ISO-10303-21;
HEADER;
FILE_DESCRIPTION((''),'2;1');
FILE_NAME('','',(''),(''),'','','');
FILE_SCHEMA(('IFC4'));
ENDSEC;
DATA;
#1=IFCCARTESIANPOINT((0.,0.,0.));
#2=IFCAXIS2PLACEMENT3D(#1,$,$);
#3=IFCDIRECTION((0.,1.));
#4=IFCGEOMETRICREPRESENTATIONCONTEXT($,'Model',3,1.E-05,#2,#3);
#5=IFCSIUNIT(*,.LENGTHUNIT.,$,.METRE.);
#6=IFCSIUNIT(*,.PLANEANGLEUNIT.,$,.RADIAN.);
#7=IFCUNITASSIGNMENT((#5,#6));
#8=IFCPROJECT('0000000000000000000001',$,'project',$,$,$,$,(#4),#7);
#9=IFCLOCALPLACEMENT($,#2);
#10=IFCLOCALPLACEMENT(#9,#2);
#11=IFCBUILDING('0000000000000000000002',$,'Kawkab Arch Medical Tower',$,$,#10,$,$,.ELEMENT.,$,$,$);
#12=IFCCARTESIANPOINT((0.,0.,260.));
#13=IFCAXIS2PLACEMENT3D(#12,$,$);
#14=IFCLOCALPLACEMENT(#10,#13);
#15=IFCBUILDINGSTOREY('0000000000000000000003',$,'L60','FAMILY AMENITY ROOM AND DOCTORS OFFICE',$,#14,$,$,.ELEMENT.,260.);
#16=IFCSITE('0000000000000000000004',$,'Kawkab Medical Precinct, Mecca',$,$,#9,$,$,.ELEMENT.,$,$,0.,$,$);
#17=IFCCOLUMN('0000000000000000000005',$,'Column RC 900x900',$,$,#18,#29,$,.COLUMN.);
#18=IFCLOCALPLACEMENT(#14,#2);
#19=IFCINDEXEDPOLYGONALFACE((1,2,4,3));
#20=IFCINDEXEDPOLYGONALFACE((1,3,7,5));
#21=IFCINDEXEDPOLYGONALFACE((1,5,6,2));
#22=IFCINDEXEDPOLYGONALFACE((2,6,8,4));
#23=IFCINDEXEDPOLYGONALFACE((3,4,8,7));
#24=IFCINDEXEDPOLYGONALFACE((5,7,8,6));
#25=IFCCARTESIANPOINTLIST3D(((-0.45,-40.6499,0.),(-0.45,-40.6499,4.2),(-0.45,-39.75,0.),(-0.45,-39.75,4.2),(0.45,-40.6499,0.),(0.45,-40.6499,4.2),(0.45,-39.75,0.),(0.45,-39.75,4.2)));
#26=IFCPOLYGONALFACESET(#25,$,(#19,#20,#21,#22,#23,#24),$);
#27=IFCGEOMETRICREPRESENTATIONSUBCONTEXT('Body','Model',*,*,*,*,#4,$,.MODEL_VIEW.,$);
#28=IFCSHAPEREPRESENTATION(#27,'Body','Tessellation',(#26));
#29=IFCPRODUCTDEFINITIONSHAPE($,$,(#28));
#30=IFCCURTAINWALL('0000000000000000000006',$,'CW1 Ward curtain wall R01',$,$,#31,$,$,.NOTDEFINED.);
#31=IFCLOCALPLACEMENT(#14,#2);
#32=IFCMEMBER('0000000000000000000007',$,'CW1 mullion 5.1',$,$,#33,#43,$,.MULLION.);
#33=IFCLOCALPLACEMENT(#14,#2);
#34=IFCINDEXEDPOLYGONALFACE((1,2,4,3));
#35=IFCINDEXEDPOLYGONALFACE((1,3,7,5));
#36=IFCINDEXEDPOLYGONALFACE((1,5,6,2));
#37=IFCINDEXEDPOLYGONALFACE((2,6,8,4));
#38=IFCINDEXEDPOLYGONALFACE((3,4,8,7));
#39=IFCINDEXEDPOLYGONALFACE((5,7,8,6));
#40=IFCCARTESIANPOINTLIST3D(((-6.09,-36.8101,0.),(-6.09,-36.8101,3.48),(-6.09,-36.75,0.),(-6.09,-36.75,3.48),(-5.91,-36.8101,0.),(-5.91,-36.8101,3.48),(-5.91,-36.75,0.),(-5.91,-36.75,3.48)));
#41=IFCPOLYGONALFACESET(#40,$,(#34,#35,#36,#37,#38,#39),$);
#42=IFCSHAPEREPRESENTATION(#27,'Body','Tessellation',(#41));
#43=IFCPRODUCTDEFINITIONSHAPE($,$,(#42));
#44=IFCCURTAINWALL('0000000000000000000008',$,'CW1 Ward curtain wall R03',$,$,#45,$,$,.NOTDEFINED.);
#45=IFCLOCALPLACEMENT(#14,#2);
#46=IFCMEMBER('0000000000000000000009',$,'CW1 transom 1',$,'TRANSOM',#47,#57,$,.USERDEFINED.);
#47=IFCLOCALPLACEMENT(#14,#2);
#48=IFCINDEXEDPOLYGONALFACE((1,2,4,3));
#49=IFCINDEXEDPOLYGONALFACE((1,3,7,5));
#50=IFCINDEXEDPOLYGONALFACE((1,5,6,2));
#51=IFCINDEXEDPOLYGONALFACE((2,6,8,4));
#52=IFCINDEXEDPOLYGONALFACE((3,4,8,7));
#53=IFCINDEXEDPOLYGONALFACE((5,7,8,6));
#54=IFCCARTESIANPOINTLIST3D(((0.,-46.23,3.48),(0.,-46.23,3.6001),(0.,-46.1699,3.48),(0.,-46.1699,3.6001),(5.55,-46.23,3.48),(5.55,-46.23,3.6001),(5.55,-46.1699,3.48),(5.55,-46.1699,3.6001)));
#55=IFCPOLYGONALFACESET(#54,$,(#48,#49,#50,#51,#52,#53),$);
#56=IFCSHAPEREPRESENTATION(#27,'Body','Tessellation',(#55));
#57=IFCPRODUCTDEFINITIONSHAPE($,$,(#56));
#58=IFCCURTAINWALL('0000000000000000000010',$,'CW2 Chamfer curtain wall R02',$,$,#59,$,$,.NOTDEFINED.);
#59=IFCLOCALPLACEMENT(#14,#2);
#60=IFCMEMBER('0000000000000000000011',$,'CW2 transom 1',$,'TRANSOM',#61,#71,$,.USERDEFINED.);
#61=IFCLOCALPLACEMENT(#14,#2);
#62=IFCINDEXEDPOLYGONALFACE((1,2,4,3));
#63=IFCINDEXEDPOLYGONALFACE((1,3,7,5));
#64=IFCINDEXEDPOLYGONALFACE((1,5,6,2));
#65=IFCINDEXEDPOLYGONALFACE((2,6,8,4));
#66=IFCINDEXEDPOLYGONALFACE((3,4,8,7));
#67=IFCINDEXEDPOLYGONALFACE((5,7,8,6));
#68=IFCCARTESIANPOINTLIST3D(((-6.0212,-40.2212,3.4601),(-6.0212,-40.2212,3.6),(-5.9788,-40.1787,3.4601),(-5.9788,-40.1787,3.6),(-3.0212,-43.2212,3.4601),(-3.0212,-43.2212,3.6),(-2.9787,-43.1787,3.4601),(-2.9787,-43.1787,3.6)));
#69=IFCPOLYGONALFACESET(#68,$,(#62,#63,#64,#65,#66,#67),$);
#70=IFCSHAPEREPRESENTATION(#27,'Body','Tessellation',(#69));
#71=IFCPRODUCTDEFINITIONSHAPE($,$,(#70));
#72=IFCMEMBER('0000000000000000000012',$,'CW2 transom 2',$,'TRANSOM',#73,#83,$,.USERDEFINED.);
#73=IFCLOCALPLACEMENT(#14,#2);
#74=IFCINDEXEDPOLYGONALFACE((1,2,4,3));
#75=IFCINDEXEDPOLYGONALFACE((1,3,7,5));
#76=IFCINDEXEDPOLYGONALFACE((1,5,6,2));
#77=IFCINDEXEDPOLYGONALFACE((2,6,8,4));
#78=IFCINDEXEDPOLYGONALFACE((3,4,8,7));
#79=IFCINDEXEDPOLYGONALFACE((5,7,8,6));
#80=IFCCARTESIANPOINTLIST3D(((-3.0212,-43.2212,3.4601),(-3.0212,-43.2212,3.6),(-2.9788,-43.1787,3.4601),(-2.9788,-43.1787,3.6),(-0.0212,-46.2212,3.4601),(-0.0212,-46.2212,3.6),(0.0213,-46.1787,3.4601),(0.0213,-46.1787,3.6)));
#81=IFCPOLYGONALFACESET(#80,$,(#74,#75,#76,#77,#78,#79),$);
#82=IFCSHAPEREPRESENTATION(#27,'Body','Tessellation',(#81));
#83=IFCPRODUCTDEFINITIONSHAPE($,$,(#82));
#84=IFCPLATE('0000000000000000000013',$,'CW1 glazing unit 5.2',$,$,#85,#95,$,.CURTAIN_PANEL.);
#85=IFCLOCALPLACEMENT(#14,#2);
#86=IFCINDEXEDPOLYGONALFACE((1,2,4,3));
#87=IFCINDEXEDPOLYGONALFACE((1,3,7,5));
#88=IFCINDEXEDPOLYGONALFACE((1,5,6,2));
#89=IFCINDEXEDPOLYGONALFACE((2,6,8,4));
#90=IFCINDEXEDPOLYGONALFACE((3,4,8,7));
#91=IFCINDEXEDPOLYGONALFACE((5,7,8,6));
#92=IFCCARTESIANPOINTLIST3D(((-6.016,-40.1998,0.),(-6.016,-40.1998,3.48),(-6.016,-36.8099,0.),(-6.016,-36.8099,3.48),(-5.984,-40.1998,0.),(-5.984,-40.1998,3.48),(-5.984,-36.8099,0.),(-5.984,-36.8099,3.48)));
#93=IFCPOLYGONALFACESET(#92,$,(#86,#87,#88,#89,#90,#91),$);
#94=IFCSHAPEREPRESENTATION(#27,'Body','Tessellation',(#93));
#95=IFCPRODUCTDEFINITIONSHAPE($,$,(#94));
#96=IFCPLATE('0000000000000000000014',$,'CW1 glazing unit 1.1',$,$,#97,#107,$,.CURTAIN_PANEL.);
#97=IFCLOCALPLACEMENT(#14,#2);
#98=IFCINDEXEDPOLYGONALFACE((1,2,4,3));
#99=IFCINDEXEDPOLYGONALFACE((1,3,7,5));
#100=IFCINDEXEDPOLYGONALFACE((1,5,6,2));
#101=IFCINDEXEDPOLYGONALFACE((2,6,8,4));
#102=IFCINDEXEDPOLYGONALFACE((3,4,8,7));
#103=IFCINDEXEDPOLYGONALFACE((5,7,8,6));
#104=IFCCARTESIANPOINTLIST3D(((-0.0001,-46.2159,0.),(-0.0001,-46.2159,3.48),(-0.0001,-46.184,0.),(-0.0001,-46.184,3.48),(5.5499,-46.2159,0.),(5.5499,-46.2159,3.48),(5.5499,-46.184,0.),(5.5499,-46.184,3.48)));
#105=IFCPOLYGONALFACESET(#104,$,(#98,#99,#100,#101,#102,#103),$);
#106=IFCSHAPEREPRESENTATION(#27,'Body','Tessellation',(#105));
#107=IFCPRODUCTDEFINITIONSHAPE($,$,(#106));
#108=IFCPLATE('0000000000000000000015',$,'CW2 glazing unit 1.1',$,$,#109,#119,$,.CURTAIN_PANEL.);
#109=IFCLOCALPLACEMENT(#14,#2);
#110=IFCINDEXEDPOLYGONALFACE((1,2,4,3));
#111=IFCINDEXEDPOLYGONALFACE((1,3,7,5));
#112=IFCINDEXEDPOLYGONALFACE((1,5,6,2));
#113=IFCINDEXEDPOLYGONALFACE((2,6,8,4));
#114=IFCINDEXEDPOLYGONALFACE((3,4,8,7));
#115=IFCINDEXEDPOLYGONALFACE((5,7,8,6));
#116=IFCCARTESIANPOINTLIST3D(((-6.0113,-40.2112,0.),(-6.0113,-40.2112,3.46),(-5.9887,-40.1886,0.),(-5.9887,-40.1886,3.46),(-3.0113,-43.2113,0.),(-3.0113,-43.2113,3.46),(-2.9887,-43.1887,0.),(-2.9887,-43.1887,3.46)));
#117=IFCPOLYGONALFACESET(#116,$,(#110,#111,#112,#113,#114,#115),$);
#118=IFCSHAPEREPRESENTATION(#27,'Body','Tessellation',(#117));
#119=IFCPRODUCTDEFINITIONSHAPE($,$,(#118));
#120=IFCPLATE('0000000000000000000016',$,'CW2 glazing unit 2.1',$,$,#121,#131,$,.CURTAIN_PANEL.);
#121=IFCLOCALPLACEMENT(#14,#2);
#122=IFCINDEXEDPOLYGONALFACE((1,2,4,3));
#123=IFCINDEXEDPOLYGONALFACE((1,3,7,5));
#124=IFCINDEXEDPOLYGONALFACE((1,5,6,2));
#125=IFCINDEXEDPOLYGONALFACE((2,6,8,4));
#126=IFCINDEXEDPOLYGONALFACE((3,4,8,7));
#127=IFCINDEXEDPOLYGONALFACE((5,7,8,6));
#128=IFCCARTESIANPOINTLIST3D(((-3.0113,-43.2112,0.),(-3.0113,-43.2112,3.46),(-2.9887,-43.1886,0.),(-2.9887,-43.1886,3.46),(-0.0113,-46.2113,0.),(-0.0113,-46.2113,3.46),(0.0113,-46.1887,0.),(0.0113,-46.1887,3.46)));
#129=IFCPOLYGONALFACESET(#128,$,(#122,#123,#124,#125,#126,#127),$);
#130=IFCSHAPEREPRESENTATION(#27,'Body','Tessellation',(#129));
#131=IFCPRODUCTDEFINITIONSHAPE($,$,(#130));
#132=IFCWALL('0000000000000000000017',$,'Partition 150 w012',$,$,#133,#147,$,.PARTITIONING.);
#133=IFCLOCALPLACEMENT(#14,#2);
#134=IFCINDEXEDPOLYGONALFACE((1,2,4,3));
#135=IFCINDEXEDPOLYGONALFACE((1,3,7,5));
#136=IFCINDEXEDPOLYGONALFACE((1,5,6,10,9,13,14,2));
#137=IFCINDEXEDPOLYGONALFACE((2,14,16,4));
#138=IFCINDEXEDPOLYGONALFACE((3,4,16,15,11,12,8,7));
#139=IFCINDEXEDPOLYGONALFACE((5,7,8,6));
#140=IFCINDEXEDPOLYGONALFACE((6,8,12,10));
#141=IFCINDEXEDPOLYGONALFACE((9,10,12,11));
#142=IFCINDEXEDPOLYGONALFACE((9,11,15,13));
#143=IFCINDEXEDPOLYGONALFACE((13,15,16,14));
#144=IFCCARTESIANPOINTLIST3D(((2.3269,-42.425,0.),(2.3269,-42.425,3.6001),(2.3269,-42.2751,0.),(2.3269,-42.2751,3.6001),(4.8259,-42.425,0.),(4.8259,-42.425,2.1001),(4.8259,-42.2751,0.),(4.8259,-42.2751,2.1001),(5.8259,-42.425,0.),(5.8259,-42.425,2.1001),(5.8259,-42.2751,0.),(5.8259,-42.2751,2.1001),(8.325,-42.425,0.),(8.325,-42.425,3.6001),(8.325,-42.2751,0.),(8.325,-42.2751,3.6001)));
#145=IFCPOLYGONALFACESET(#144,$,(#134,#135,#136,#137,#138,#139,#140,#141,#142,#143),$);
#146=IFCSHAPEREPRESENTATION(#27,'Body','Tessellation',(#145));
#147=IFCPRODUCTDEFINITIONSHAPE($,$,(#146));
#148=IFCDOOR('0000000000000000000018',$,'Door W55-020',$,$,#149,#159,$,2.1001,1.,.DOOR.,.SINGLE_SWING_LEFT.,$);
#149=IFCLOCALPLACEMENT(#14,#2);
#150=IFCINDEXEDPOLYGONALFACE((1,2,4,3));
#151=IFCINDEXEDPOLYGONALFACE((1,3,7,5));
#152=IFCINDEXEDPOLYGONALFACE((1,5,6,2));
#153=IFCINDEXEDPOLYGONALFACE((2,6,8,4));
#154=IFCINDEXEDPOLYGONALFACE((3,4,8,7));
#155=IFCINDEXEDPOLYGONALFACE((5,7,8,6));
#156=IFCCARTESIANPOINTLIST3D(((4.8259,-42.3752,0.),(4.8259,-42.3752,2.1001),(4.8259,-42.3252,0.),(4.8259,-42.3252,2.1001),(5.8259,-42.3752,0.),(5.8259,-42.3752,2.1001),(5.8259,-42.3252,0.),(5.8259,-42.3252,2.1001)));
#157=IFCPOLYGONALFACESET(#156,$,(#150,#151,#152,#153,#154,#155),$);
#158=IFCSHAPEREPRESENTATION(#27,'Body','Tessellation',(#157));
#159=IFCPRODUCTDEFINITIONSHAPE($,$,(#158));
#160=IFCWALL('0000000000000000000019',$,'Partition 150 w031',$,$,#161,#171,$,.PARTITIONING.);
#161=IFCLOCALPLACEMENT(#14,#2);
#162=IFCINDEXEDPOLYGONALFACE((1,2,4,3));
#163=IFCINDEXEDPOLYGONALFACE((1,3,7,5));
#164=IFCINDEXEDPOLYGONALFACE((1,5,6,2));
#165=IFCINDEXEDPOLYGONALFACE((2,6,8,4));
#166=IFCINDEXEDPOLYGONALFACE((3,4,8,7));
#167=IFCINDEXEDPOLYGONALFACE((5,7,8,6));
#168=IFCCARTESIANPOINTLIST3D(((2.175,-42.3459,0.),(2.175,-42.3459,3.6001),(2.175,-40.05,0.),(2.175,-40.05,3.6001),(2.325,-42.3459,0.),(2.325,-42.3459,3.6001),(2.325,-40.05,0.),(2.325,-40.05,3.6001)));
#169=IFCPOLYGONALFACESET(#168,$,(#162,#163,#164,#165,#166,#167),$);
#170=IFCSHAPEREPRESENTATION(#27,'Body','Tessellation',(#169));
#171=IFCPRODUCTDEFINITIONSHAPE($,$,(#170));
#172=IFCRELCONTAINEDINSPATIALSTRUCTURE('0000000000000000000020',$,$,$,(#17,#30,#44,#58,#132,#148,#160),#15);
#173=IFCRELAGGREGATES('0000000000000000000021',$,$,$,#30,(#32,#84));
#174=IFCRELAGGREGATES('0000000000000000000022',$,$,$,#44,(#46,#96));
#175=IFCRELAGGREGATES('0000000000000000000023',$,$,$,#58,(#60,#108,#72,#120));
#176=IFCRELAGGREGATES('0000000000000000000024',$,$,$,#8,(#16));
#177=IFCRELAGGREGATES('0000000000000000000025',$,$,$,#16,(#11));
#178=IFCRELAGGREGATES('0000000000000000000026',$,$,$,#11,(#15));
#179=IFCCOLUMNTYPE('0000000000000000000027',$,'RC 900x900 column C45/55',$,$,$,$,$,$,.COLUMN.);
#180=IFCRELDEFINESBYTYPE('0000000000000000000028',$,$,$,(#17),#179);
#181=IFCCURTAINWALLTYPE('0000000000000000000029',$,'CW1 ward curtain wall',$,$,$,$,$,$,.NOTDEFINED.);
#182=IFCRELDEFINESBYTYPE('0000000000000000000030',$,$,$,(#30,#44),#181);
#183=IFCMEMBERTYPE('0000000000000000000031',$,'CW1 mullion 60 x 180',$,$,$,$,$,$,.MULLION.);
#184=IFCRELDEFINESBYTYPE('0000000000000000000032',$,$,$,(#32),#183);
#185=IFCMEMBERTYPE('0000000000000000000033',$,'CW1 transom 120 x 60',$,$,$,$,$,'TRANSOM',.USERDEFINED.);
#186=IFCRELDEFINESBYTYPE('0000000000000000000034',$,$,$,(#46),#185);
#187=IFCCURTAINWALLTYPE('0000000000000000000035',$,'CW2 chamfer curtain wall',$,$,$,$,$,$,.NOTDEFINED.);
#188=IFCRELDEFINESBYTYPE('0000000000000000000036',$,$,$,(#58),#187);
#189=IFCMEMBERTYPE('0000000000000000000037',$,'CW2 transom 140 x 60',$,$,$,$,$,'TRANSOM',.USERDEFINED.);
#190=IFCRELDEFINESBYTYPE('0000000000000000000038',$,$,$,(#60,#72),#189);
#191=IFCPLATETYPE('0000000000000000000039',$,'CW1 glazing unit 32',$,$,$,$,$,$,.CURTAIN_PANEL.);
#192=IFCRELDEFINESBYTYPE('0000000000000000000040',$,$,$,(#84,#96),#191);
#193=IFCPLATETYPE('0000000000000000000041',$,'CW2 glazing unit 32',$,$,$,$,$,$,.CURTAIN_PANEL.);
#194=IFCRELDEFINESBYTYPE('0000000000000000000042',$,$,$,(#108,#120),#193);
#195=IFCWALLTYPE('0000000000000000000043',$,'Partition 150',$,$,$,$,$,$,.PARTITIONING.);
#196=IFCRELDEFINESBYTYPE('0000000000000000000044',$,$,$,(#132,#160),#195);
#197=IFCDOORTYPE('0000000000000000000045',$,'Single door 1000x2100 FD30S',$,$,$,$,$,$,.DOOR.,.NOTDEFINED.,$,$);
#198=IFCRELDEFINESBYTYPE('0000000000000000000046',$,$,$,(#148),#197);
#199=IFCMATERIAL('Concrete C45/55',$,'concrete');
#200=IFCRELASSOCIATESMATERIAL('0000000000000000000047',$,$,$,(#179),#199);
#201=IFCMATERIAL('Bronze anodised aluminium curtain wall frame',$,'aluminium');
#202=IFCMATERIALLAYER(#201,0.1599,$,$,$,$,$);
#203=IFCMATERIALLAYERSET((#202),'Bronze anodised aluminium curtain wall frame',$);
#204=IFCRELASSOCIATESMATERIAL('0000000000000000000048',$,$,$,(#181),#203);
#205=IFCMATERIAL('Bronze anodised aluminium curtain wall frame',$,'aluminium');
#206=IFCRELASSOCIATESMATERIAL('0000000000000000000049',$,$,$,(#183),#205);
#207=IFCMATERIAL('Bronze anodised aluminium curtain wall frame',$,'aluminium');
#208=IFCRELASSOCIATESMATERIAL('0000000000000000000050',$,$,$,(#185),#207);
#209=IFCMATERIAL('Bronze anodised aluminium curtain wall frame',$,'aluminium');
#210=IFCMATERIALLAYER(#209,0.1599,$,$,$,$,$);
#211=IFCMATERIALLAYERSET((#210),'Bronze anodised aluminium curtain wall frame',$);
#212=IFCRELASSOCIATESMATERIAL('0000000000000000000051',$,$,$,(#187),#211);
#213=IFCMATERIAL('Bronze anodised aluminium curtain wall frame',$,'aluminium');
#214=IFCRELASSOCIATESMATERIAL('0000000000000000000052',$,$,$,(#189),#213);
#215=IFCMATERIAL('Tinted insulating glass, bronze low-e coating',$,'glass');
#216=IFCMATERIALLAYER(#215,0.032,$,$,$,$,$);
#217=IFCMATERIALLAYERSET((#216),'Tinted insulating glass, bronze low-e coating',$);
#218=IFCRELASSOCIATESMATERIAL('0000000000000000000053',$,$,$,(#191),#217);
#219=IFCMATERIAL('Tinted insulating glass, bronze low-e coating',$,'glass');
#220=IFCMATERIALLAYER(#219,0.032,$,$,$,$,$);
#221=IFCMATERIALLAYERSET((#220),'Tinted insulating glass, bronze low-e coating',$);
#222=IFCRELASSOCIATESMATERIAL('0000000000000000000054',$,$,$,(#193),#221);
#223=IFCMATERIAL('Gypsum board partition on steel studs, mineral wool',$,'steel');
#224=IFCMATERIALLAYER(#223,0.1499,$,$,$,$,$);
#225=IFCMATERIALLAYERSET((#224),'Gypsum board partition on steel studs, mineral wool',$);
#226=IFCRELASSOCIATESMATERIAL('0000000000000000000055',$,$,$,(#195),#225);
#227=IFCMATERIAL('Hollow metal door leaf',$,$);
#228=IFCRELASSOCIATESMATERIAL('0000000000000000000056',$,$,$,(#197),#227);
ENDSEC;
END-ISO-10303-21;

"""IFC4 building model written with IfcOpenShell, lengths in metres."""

from ifc_helpers import new_model, si_unit, direction, frame, frame_2d, origin, origin_2d, place, context, subcontext, project, spatial, rectangle, extrude, material, layer, layer_set, material_profile, profile_set, type_object, element, fill, aggregate, save


model = new_model("IFC4")

# Units and contexts
model_context = context("Model", 3, precision=1e-05, world=origin(), true_north=direction((0.0, 1.0)))
body_context = subcontext(model_context, "Body", "Model", "MODEL_VIEW")
ifc_project = project(units=[si_unit("LENGTHUNIT", "METRE"), si_unit("PLANEANGLEUNIT", "RADIAN")], contexts=[model_context])

# Site, building, storey
site_placement = place(None, origin())
site = spatial("IfcSite", under=ifc_project, at=site_placement, Name="Kawkab Medical Precinct, Mecca", CompositionType="ELEMENT", RefElevation=0.0)
building_placement = place(site_placement, origin())
building = spatial("IfcBuilding", under=site, at=building_placement, Name="Kawkab Arch Medical Tower", CompositionType="ELEMENT")
storey_placement = place(building_placement, frame((0.0, 0.0, 260.0)))
storey = spatial("IfcBuildingStorey", under=building, at=storey_placement, Name="L60", Description="FAMILY AMENITY ROOM AND DOCTORS OFFICE", CompositionType="ELEMENT", Elevation=260.0)

# Column
ifc_material_1 = material(Name="Concrete C45/55", Category="concrete")
ifc_material_profile_1 = material_profile(ifc_material_1, rectangle(XDim=0.8999, YDim=0.8999, at=origin_2d()), Name="RC 900x900")
ifc_profile_set_1 = profile_set([ifc_material_profile_1], Name="Concrete C45/55")
column_type = type_object("IfcColumnType", Name="RC 900x900 column C45/55", PredefinedType="COLUMN", material=ifc_profile_set_1)
column_placement = place(storey_placement, frame((0.0, -40.2, 0.0), z_axis=(0.0, 0.0, 1.0), x_axis=(1.0, 0.0, 0.0)))
element("IfcColumn", 1, at=column_placement, inside=storey, type_object=column_type, Name="Column RC 900x900", PredefinedType="COLUMN", context=body_context, shape_type="SweptSolid", body=[
    extrude(rectangle(XDim=0.8999, YDim=0.8999, at=origin_2d()), origin(), (0.0, 0.0, 1.0), 4.2),
])

# Curtain walls, members
ifc_material_2 = material(Name="Bronze anodised aluminium curtain wall frame", Category="aluminium")
ifc_layer_1 = layer(ifc_material_2, 0.1599)
ifc_layer_set_1 = layer_set([ifc_layer_1], Name="Bronze anodised aluminium curtain wall frame")
curtain_wall_type_1 = type_object("IfcCurtainWallType", Name="CW1 ward curtain wall", PredefinedType="NOTDEFINED", material=ifc_layer_set_1)
placement = place(storey_placement, origin())
curtain_wall_1 = element("IfcCurtainWall", 2, at=placement, inside=storey, type_object=curtain_wall_type_1, Name="CW1 Ward curtain wall R01", PredefinedType="NOTDEFINED")
ifc_material_3 = material(Name="Bronze anodised aluminium curtain wall frame", Category="aluminium")
ifc_material_profile_2 = material_profile(ifc_material_3, rectangle(XDim=0.1799, YDim=0.0601, at=origin_2d()), Name="AL 60x180")
ifc_profile_set_2 = profile_set([ifc_material_profile_2], Name="Bronze anodised aluminium curtain wall frame")
member_type_1 = type_object("IfcMemberType", Name="CW1 mullion 60 x 180", PredefinedType="MULLION", material=ifc_profile_set_2)
member_1_placement = place(storey_placement, frame((-6.0, -36.78, 0.0), z_axis=(0.0, 0.0, 1.0), x_axis=(1.0, 0.0, 0.0)))
member_1 = element("IfcMember", 3, at=member_1_placement, type_object=member_type_1, Name="CW1 mullion 5.1", PredefinedType="MULLION", context=body_context, shape_type="SweptSolid", body=[
    extrude(rectangle(XDim=0.1799, YDim=0.0601, at=origin_2d()), origin(), (0.0, 0.0, 1.0), 3.48),
])
curtain_wall_2 = element("IfcCurtainWall", 4, at=placement, inside=storey, type_object=curtain_wall_type_1, Name="CW1 Ward curtain wall R03", PredefinedType="NOTDEFINED")
ifc_material_4 = material(Name="Bronze anodised aluminium curtain wall frame", Category="aluminium")
ifc_material_profile_3 = material_profile(ifc_material_4, rectangle(XDim=0.0601, YDim=0.1201, at=origin_2d()), Name="AL 60x120")
ifc_profile_set_3 = profile_set([ifc_material_profile_3], Name="Bronze anodised aluminium curtain wall frame")
member_type_2 = type_object("IfcMemberType", Name="CW1 transom 120 x 60", ElementType="TRANSOM", PredefinedType="USERDEFINED", material=ifc_profile_set_3)
member_2_placement = place(storey_placement, frame((0.0, -46.2, 3.54), z_axis=(1.0, 0.0, 0.0), x_axis=(0.0, 1.0, 0.0)))
member_2 = element("IfcMember", 5, at=member_2_placement, type_object=member_type_2, Name="CW1 transom 1", ObjectType="TRANSOM", PredefinedType="USERDEFINED", context=body_context, shape_type="SweptSolid", body=[
    extrude(rectangle(XDim=0.0601, YDim=0.1201, at=origin_2d()), origin(), (0.0, 0.0, 1.0), 5.55),
])

# Curtain wall, members
ifc_material_5 = material(Name="Bronze anodised aluminium curtain wall frame", Category="aluminium")
ifc_layer_2 = layer(ifc_material_5, 0.1599)
ifc_layer_set_2 = layer_set([ifc_layer_2], Name="Bronze anodised aluminium curtain wall frame")
curtain_wall_type_2 = type_object("IfcCurtainWallType", Name="CW2 chamfer curtain wall", PredefinedType="NOTDEFINED", material=ifc_layer_set_2)
curtain_wall_3 = element("IfcCurtainWall", 6, at=placement, inside=storey, type_object=curtain_wall_type_2, Name="CW2 Chamfer curtain wall R02", PredefinedType="NOTDEFINED")
ifc_material_6 = material(Name="Bronze anodised aluminium curtain wall frame", Category="aluminium")
ifc_material_profile_4 = material_profile(ifc_material_6, rectangle(XDim=0.0601, YDim=0.1399, at=origin_2d()), Name="AL 60x140")
ifc_profile_set_4 = profile_set([ifc_material_profile_4], Name="Bronze anodised aluminium curtain wall frame")
member_type_3 = type_object("IfcMemberType", Name="CW2 transom 140 x 60", ElementType="TRANSOM", PredefinedType="USERDEFINED", material=ifc_profile_set_4)
member_3_placement = place(storey_placement, frame((-6.0, -40.2, 3.53), z_axis=(0.707107, -0.707107, 0.0), x_axis=(0.707107, 0.707107, 0.0)))
member_3 = element("IfcMember", 7, at=member_3_placement, type_object=member_type_3, Name="CW2 transom 1", ObjectType="TRANSOM", PredefinedType="USERDEFINED", context=body_context, shape_type="SweptSolid", body=[
    extrude(rectangle(XDim=0.0601, YDim=0.1399, at=origin_2d()), origin(), (0.0, 0.0, 1.0), 4.2427),
])
member_4_placement = place(storey_placement, frame((-3.0, -43.2, 3.53), z_axis=(0.707107, -0.707107, 0.0), x_axis=(0.707107, 0.707107, 0.0)))
member_4 = element("IfcMember", 8, at=member_4_placement, type_object=member_type_3, Name="CW2 transom 2", ObjectType="TRANSOM", PredefinedType="USERDEFINED", context=body_context, shape_type="SweptSolid", body=[
    extrude(rectangle(XDim=0.0601, YDim=0.1399, at=origin_2d()), origin(), (0.0, 0.0, 1.0), 4.2427),
])

# Plates
ifc_material_7 = material(Name="Tinted insulating glass, bronze low-e coating", Category="glass")
ifc_layer_3 = layer(ifc_material_7, 0.032)
ifc_layer_set_3 = layer_set([ifc_layer_3], Name="Tinted insulating glass, bronze low-e coating")
plate_type_1 = type_object("IfcPlateType", Name="CW1 glazing unit 32", PredefinedType="CURTAIN_PANEL", material=ifc_layer_set_3)
plate_1_placement = place(storey_placement, frame((-6.0, -38.5049, 0.0), z_axis=(0.0, 0.0, 1.0), x_axis=(0.0, -1.0, 0.0)))
plate_1 = element("IfcPlate", 9, at=plate_1_placement, type_object=plate_type_1, Name="CW1 glazing unit 5.2", PredefinedType="CURTAIN_PANEL", context=body_context, shape_type="SweptSolid", body=[
    extrude(rectangle(XDim=3.3899, YDim=0.032, at=origin_2d()), origin(), (0.0, 0.0, 1.0), 3.48),
])
aggregate(curtain_wall_1, [member_1, plate_1])
plate_2_placement = place(storey_placement, frame((2.7749, -46.2, 0.0), z_axis=(0.0, 0.0, 1.0), x_axis=(1.0, 0.0, 0.0)))
plate_2 = element("IfcPlate", 10, at=plate_2_placement, type_object=plate_type_1, Name="CW1 glazing unit 1.1", PredefinedType="CURTAIN_PANEL", context=body_context, shape_type="SweptSolid", body=[
    extrude(rectangle(XDim=5.55, YDim=0.032, at=origin_2d()), origin(), (0.0, 0.0, 1.0), 3.48),
])
aggregate(curtain_wall_2, [member_2, plate_2])
ifc_material_8 = material(Name="Tinted insulating glass, bronze low-e coating", Category="glass")
ifc_layer_4 = layer(ifc_material_8, 0.032)
ifc_layer_set_4 = layer_set([ifc_layer_4], Name="Tinted insulating glass, bronze low-e coating")
plate_type_2 = type_object("IfcPlateType", Name="CW2 glazing unit 32", PredefinedType="CURTAIN_PANEL", material=ifc_layer_set_4)
plate_3_placement = place(storey_placement, frame((-4.5, -41.7, 0.0), z_axis=(0.0, 0.0, 1.0), x_axis=(0.707107, -0.707107, 0.0)))
plate_3 = element("IfcPlate", 11, at=plate_3_placement, type_object=plate_type_2, Name="CW2 glazing unit 1.1", PredefinedType="CURTAIN_PANEL", context=body_context, shape_type="SweptSolid", body=[
    extrude(rectangle(XDim=4.2427, YDim=0.032, at=origin_2d()), origin(), (0.0, 0.0, 1.0), 3.46),
])
plate_4_placement = place(storey_placement, frame((-1.5, -44.7, 0.0), z_axis=(0.0, 0.0, 1.0), x_axis=(0.707107, -0.707107, 0.0)))
plate_4 = element("IfcPlate", 12, at=plate_4_placement, type_object=plate_type_2, Name="CW2 glazing unit 2.1", PredefinedType="CURTAIN_PANEL", context=body_context, shape_type="SweptSolid", body=[
    extrude(rectangle(XDim=4.2427, YDim=0.032, at=origin_2d()), origin(), (0.0, 0.0, 1.0), 3.46),
])
aggregate(curtain_wall_3, [member_3, plate_3, member_4, plate_4])

# Wall, opening, door
ifc_material_9 = material(Name="Gypsum board partition on steel studs, mineral wool", Category="steel")
ifc_layer_5 = layer(ifc_material_9, 0.1499)
ifc_layer_set_5 = layer_set([ifc_layer_5], Name="Gypsum board partition on steel studs, mineral wool")
wall_type_1 = type_object("IfcWallType", Name="Partition 150", PredefinedType="PARTITIONING", material=ifc_layer_set_5)
wall_1_placement = place(storey_placement, frame((2.3269, -42.3501, 0.0), z_axis=(0.0, 0.0, 1.0), x_axis=(1.0, 0.0, 0.0)))
wall_1 = element("IfcWall", 13, at=wall_1_placement, inside=storey, type_object=wall_type_1, Name="Partition 150 w012", PredefinedType="PARTITIONING", context=body_context, shape_type="SweptSolid", body=[
    extrude(rectangle(XDim=5.998, YDim=0.1499, at=frame_2d((2.999, 0.0))), origin(), (0.0, 0.0, 1.0), 3.6001),
])
opening_1_placement = place(wall_1_placement, frame((2.499, 0.0, 0.0)))
opening_1 = element("IfcOpeningElement", 14, at=opening_1_placement, cuts=wall_1, PredefinedType="OPENING", context=body_context, shape_type="SweptSolid", body=[
    extrude(rectangle(XDim=1.0, YDim=2.1001, at=frame_2d((0.5, 1.05))), frame((0.0, 0.085, 0.0), z_axis=(0.0, -1.0, 0.0), x_axis=(1.0, 0.0, 0.0)), (0.0, 0.0, 1.0), 0.1699),
])
ifc_material_10 = material(Name="Hollow metal door leaf")
door_type_1 = type_object("IfcDoorType", Name="Single door 1000x2100 FD30S", OperationType="NOTDEFINED", PredefinedType="DOOR", material=ifc_material_10)
door_1_placement = place(opening_1_placement, origin())
door_1 = element("IfcDoor", 15, at=door_1_placement, inside=storey, type_object=door_type_1, Name="Door W55-020", OperationType="SINGLE_SWING_LEFT", OverallHeight=2.1001, OverallWidth=1.0, PredefinedType="DOOR", context=body_context, shape_type="SweptSolid", body=[
    extrude(rectangle(XDim=1.0, YDim=2.1001, at=frame_2d((0.5, 1.05))), frame((0.0, 0.0249, 0.0), z_axis=(0.0, -1.0, 0.0), x_axis=(1.0, 0.0, 0.0)), (0.0, 0.0, 1.0), 0.05),
])
fill(opening_1, door_1)

# Wall
wall_2_placement = place(storey_placement, frame((2.25, -42.3459, 0.0), z_axis=(0.0, 0.0, 1.0), x_axis=(0.0, 1.0, 0.0)))
element("IfcWall", 16, at=wall_2_placement, inside=storey, type_object=wall_type_1, Name="Partition 150 w031", PredefinedType="PARTITIONING", context=body_context, shape_type="SweptSolid", body=[
    extrude(rectangle(XDim=2.2959, YDim=0.1499, at=frame_2d((1.1479, 0.0))), origin(), (0.0, 0.0, 1.0), 3.6001),
])

save(model, "model.ifc")
